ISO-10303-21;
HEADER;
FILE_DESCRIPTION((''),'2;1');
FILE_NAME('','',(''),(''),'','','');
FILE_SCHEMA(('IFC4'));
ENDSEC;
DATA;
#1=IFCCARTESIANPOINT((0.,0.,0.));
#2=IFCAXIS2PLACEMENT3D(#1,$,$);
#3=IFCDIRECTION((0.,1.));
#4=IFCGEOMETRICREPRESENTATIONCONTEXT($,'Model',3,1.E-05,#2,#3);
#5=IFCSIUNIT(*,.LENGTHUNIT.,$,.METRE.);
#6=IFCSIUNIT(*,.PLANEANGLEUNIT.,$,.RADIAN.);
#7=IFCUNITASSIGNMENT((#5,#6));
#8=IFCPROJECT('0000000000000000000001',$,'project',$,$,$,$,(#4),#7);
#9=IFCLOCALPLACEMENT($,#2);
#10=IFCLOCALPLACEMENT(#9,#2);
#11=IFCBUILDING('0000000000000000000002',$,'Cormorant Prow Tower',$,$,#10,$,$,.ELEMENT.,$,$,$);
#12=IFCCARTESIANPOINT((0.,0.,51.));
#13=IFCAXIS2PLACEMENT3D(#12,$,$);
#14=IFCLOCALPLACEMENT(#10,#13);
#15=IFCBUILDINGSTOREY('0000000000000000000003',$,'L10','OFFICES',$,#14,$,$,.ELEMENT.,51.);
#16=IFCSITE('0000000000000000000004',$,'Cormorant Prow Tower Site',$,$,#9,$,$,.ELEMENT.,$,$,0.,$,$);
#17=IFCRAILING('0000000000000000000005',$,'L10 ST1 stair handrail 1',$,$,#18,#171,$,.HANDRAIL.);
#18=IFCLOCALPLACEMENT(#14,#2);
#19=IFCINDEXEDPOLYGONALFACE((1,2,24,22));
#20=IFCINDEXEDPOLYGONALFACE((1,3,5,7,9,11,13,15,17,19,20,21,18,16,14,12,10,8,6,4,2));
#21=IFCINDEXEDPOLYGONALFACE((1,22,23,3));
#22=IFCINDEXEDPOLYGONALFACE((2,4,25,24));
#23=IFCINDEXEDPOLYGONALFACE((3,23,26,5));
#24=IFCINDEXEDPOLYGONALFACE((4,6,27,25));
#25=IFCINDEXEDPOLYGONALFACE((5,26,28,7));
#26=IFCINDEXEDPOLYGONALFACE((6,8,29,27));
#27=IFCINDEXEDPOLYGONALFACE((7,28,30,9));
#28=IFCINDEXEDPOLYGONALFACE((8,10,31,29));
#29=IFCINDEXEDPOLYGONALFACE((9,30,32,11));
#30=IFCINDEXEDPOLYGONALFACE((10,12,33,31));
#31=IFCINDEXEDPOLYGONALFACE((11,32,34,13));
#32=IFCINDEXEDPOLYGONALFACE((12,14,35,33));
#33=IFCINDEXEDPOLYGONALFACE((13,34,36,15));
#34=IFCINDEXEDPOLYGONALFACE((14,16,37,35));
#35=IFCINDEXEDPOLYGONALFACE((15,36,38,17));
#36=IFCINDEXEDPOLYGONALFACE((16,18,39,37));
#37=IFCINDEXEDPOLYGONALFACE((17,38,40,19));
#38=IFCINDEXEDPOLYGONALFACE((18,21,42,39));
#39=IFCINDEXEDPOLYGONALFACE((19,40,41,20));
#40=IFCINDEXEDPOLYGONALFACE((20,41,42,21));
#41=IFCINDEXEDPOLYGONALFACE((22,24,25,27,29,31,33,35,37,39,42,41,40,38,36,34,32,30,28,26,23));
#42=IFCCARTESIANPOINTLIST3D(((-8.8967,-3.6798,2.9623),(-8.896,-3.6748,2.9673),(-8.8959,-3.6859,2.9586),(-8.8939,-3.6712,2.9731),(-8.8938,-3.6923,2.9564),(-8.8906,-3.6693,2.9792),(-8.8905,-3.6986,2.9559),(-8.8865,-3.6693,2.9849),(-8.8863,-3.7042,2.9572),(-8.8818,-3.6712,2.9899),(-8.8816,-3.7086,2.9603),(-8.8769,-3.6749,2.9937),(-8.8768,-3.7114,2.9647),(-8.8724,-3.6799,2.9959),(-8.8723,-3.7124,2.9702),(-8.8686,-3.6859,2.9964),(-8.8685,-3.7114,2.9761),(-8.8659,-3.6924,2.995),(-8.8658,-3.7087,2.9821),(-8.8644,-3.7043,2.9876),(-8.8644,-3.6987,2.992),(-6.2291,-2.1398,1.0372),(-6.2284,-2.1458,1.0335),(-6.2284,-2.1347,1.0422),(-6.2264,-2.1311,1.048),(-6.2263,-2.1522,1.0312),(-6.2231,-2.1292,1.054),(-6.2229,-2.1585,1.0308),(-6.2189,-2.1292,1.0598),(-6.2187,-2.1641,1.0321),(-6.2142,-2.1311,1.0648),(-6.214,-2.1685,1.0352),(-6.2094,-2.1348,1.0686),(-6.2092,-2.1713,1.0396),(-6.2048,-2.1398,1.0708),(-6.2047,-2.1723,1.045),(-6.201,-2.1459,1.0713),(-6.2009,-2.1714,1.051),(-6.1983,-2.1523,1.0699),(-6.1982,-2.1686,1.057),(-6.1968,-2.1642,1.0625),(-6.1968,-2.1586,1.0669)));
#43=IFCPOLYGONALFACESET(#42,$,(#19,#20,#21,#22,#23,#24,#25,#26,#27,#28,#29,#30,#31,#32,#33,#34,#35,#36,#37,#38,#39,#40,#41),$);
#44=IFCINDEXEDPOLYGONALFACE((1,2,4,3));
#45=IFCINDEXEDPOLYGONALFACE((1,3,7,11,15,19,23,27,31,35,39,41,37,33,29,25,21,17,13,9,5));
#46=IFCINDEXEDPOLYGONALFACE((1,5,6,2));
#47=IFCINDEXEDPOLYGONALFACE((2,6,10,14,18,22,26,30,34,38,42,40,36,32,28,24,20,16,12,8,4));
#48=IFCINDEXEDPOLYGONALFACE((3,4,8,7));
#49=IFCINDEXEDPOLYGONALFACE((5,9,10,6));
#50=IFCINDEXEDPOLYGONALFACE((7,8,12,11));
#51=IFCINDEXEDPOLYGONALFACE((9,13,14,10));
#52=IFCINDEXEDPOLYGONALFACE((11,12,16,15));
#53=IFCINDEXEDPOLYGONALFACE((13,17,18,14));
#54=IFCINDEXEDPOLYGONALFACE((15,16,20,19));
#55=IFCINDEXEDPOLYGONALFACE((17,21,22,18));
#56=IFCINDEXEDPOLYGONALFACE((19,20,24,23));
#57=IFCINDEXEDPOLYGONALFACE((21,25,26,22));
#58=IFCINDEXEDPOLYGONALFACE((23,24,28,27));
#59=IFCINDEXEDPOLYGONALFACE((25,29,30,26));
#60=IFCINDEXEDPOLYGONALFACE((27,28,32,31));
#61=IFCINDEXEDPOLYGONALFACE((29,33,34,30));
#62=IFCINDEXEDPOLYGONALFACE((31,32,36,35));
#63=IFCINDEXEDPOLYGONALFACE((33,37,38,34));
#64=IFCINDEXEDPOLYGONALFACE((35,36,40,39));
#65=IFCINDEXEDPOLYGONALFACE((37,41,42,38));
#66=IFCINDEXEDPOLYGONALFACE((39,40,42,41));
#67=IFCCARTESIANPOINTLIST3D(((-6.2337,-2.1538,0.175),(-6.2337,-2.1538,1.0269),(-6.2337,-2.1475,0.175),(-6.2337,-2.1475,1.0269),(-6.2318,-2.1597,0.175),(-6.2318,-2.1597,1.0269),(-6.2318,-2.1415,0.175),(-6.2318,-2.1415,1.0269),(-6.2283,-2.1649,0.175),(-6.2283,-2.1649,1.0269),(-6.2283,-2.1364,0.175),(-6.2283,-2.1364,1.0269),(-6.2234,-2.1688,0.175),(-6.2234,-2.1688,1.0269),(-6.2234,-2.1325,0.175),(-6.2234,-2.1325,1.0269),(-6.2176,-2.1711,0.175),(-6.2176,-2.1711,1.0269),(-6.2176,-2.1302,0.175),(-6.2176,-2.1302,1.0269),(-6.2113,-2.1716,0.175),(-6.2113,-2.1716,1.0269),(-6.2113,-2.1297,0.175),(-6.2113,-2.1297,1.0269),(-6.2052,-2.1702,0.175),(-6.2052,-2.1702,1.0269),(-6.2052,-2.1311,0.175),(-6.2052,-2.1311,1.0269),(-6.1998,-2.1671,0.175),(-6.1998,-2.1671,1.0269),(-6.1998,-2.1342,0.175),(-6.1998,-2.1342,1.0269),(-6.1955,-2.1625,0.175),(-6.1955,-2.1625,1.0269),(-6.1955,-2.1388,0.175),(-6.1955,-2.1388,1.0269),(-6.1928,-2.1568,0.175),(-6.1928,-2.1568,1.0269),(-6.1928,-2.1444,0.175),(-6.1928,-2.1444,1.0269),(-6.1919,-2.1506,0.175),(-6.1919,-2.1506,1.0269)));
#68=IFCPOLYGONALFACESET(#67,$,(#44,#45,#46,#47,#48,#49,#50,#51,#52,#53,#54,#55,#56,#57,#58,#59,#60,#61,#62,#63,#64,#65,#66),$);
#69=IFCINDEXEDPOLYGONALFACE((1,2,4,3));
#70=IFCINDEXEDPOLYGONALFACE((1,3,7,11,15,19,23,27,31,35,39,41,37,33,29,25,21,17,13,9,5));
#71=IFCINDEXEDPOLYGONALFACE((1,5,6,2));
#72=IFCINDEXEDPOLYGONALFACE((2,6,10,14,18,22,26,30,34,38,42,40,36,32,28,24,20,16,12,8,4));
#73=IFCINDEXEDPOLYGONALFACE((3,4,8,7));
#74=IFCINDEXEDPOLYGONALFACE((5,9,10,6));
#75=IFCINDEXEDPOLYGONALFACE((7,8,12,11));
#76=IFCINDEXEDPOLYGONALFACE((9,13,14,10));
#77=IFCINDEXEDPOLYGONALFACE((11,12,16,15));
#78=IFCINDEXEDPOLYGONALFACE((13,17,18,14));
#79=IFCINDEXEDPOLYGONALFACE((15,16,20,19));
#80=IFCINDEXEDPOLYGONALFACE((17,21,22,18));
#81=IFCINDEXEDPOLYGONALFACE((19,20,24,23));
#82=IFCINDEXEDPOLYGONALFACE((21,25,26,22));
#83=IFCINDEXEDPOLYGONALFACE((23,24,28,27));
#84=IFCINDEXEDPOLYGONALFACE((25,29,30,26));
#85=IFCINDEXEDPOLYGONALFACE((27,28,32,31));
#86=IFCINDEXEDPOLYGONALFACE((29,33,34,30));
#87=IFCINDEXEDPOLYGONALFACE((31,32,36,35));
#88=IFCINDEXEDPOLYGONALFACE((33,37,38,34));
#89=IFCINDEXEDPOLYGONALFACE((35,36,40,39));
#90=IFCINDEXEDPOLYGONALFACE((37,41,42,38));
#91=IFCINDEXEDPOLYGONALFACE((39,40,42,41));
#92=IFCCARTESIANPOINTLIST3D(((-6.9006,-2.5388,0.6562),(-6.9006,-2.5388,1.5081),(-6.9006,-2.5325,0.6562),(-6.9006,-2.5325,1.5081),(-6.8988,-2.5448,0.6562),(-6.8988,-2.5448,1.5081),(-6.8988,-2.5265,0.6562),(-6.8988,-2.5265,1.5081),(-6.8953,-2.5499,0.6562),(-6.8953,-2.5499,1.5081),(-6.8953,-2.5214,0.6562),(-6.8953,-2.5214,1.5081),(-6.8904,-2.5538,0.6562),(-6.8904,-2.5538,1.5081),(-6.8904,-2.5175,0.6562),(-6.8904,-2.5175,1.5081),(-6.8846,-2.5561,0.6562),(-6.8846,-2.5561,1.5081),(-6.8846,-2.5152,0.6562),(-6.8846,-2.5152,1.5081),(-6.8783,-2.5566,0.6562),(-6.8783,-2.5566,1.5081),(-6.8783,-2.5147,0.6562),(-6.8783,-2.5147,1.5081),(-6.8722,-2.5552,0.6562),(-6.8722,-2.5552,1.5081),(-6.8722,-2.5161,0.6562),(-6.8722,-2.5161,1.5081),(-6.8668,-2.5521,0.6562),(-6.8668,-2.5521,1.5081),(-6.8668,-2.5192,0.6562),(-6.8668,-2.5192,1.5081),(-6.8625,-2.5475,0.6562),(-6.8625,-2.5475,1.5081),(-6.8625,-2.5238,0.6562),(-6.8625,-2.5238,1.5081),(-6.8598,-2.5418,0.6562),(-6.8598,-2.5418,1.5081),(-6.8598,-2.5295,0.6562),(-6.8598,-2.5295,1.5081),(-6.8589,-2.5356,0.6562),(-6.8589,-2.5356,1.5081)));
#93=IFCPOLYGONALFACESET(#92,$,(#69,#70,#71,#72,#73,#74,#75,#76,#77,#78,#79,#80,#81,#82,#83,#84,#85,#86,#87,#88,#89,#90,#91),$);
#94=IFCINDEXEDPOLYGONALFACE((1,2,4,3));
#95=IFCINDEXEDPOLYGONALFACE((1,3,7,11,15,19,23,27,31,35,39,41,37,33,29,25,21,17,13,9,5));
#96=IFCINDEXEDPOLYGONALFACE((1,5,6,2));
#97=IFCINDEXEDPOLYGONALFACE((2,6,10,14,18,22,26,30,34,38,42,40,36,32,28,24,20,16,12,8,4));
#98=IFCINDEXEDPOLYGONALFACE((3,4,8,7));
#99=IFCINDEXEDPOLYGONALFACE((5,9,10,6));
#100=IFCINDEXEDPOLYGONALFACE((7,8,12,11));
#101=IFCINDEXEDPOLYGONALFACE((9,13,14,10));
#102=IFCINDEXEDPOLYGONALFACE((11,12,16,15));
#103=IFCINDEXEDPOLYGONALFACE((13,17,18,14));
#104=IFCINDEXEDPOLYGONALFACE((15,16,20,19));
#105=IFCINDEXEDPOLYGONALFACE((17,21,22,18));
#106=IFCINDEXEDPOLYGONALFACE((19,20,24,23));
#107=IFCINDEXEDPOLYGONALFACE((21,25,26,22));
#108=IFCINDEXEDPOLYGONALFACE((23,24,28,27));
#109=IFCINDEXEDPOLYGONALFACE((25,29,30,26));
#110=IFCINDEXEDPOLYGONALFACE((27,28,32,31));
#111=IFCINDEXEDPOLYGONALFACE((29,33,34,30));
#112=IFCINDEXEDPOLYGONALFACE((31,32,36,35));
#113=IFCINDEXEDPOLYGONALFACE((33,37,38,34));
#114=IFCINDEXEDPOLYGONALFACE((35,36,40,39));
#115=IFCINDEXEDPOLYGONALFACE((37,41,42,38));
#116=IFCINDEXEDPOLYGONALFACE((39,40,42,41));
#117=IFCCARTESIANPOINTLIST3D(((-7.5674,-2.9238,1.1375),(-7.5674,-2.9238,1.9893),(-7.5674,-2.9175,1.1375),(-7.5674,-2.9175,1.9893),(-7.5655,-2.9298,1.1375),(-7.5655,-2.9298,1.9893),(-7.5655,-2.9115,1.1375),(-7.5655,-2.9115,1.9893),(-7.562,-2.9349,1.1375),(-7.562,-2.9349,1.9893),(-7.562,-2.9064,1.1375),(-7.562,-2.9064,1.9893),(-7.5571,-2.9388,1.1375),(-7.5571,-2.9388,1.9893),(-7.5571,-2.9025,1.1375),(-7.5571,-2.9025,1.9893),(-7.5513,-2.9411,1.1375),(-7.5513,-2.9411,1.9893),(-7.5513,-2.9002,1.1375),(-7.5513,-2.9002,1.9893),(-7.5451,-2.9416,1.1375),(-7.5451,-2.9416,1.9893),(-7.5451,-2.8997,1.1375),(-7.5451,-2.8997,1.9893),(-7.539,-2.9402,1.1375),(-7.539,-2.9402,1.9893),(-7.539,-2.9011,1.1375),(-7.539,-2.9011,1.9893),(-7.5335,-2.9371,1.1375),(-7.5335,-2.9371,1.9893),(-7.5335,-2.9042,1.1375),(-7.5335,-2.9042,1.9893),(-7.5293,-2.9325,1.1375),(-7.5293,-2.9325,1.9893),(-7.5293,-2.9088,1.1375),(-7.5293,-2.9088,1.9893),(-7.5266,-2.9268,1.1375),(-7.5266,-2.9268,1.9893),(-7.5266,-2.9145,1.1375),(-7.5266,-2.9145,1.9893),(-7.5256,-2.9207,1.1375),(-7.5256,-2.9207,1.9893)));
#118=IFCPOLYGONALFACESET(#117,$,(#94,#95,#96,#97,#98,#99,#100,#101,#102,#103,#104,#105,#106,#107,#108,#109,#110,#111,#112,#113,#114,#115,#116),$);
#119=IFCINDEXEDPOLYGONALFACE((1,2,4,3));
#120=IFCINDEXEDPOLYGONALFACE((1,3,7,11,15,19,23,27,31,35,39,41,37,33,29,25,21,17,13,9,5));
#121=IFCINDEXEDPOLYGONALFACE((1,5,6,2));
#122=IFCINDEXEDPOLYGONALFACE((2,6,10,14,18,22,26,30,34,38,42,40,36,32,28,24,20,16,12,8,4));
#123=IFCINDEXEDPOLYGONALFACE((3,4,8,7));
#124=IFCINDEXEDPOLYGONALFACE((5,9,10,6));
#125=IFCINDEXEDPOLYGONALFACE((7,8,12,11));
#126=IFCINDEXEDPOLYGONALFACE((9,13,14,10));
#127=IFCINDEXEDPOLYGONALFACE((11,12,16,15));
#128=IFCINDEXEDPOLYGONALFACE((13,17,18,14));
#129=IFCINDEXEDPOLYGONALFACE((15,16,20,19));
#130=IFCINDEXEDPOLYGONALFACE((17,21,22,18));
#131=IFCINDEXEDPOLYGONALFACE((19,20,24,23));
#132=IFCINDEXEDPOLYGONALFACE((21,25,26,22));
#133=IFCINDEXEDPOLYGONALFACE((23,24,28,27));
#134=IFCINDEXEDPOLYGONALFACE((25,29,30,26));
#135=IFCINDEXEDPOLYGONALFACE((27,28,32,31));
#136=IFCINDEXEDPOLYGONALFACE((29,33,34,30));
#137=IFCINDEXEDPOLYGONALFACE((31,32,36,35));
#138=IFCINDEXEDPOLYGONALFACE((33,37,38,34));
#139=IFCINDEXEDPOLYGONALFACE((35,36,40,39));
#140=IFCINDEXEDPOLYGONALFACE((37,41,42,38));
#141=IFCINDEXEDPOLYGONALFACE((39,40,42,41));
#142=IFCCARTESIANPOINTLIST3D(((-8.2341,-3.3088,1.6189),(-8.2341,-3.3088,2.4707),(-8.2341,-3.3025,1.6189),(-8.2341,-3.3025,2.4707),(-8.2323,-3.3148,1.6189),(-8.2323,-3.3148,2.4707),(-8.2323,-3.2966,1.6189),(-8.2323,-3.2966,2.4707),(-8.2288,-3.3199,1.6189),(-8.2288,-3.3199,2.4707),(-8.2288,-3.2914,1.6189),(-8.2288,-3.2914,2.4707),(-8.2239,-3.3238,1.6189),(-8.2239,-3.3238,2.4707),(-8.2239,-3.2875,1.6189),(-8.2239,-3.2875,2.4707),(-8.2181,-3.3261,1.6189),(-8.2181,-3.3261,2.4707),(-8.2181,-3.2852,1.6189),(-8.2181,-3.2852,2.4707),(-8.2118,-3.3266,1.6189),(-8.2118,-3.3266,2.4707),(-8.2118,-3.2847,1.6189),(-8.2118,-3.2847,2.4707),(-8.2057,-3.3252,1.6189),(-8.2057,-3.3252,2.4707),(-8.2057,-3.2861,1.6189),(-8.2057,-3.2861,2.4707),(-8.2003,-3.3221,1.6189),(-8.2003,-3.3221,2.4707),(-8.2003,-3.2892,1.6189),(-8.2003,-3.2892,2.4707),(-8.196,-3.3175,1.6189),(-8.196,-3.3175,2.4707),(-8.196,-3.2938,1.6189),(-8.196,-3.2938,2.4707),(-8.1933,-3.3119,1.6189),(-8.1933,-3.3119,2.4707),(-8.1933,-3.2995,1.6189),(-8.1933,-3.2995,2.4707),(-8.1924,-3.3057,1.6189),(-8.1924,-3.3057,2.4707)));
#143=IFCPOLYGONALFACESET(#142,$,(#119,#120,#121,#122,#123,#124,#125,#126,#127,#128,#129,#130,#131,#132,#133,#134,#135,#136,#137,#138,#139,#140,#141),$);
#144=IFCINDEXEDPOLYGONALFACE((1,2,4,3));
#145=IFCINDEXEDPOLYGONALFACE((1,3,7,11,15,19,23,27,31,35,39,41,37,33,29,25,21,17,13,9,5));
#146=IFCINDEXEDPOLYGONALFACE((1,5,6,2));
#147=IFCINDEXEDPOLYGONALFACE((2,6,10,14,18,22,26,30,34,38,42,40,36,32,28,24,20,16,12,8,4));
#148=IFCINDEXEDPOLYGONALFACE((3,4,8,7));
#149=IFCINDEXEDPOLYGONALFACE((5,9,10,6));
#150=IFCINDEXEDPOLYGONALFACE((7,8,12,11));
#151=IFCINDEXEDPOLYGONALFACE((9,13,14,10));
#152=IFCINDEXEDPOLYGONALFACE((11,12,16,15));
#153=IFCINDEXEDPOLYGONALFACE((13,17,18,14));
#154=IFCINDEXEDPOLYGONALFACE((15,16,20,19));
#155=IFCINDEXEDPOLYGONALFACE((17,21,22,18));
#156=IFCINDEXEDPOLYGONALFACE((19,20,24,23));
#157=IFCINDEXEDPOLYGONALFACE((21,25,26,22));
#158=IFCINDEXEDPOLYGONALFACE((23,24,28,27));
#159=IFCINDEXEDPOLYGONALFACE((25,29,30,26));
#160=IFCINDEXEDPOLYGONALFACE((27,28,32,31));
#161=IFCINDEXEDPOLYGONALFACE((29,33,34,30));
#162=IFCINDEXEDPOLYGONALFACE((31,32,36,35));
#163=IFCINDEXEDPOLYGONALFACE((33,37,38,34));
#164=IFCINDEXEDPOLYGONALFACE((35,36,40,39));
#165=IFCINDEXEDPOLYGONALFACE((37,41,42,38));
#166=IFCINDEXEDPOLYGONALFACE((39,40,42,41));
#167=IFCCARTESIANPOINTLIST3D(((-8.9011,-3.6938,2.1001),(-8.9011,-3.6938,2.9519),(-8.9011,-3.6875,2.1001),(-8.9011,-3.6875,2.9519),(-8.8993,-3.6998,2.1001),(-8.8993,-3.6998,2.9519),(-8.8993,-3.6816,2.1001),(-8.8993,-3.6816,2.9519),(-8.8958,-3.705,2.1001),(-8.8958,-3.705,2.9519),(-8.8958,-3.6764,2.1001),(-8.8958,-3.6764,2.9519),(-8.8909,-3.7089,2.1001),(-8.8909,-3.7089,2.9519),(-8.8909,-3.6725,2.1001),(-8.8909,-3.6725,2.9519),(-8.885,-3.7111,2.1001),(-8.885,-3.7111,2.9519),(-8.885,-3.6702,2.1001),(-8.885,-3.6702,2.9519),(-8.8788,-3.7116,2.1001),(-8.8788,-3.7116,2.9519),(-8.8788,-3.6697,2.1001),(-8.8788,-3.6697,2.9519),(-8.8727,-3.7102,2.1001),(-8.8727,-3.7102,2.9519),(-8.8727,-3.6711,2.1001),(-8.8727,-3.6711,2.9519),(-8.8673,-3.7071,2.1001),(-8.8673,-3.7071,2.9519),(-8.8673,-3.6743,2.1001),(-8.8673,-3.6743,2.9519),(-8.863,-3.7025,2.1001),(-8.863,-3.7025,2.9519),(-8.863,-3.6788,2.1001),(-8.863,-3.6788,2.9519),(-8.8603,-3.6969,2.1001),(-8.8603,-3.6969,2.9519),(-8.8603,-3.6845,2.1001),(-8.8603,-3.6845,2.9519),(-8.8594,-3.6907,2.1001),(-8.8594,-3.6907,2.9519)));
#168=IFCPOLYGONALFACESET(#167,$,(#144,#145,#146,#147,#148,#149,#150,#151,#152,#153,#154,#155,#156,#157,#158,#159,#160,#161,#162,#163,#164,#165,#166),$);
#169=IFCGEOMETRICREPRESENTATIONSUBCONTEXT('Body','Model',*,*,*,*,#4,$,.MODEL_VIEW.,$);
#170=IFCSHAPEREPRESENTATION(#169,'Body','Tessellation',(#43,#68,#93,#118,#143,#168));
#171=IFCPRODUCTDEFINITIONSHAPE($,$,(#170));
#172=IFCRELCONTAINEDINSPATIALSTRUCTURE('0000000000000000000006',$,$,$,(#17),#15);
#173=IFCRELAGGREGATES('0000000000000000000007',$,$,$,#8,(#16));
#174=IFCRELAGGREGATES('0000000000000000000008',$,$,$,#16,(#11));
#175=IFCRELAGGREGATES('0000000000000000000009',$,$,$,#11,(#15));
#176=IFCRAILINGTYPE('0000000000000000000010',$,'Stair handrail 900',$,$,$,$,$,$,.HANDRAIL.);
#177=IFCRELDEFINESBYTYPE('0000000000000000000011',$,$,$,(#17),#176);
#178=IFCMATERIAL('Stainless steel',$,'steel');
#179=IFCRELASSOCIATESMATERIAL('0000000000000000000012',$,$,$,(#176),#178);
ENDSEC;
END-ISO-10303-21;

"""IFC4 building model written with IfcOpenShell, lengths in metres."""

from ifc_helpers import new_model, si_unit, direction, frame, origin, origin_2d, place, context, subcontext, project, spatial, circle, extrude, material, type_object, element, save


model = new_model("IFC4")

# Units and contexts
model_context = context("Model", 3, precision=1e-05, world=origin(), true_north=direction((0.0, 1.0)))
body_context = subcontext(model_context, "Body", "Model", "MODEL_VIEW")
ifc_project = project(units=[si_unit("LENGTHUNIT", "METRE"), si_unit("PLANEANGLEUNIT", "RADIAN")], contexts=[model_context])

# Site, building, storey
site_placement = place(None, origin())
site = spatial("IfcSite", under=ifc_project, at=site_placement, Name="Cormorant Prow Tower Site", CompositionType="ELEMENT", RefElevation=0.0)
building_placement = place(site_placement, origin())
building = spatial("IfcBuilding", under=site, at=building_placement, Name="Cormorant Prow Tower", CompositionType="ELEMENT")
storey_placement = place(building_placement, frame((0.0, 0.0, 51.0)))
storey = spatial("IfcBuildingStorey", under=building, at=storey_placement, Name="L10", Description="OFFICES", CompositionType="ELEMENT", Elevation=51.0)

# Railing
ifc_material_1 = material(Name="Stainless steel", Category="steel")
railing_type_1 = type_object("IfcRailingType", Name="Stair handrail 900", PredefinedType="HANDRAIL", material=ifc_material_1)
railing_1_placement = place(storey_placement, frame((-6.2129, -2.1506, 0.175)))
element("IfcRailing", 1, at=railing_1_placement, inside=storey, type_object=railing_type_1, Name="L10 ST1 stair handrail 1", PredefinedType="HANDRAIL", context=body_context, shape_type="SweptSolid", body=[
    extrude(circle(Radius=0.0239, at=origin_2d()), frame((0.0, 0.0, 0.876), z_axis=(-0.734395, -0.423994, 0.529993), x_axis=(0.499992, -0.86603, 0.0)), (0.0, 0.0, 1.0), 3.6323),
    extrude(circle(Radius=0.021, at=origin_2d()), origin(), (0.0, 0.0, 1.0), 0.8518),
    extrude(circle(Radius=0.021, at=origin_2d()), frame((-0.667, -0.385, 0.4812)), (0.0, 0.0, 1.0), 0.8518),
    extrude(circle(Radius=0.021, at=origin_2d()), frame((-1.3337, -0.77, 0.9624)), (0.0, 0.0, 1.0), 0.8518),
    extrude(circle(Radius=0.021, at=origin_2d()), frame((-2.0005, -1.155, 1.4438)), (0.0, 0.0, 1.0), 0.8518),
    extrude(circle(Radius=0.021, at=origin_2d()), frame((-2.6675, -1.54, 1.925)), (0.0, 0.0, 1.0), 0.8518),
])

save(model, "model.ifc")
